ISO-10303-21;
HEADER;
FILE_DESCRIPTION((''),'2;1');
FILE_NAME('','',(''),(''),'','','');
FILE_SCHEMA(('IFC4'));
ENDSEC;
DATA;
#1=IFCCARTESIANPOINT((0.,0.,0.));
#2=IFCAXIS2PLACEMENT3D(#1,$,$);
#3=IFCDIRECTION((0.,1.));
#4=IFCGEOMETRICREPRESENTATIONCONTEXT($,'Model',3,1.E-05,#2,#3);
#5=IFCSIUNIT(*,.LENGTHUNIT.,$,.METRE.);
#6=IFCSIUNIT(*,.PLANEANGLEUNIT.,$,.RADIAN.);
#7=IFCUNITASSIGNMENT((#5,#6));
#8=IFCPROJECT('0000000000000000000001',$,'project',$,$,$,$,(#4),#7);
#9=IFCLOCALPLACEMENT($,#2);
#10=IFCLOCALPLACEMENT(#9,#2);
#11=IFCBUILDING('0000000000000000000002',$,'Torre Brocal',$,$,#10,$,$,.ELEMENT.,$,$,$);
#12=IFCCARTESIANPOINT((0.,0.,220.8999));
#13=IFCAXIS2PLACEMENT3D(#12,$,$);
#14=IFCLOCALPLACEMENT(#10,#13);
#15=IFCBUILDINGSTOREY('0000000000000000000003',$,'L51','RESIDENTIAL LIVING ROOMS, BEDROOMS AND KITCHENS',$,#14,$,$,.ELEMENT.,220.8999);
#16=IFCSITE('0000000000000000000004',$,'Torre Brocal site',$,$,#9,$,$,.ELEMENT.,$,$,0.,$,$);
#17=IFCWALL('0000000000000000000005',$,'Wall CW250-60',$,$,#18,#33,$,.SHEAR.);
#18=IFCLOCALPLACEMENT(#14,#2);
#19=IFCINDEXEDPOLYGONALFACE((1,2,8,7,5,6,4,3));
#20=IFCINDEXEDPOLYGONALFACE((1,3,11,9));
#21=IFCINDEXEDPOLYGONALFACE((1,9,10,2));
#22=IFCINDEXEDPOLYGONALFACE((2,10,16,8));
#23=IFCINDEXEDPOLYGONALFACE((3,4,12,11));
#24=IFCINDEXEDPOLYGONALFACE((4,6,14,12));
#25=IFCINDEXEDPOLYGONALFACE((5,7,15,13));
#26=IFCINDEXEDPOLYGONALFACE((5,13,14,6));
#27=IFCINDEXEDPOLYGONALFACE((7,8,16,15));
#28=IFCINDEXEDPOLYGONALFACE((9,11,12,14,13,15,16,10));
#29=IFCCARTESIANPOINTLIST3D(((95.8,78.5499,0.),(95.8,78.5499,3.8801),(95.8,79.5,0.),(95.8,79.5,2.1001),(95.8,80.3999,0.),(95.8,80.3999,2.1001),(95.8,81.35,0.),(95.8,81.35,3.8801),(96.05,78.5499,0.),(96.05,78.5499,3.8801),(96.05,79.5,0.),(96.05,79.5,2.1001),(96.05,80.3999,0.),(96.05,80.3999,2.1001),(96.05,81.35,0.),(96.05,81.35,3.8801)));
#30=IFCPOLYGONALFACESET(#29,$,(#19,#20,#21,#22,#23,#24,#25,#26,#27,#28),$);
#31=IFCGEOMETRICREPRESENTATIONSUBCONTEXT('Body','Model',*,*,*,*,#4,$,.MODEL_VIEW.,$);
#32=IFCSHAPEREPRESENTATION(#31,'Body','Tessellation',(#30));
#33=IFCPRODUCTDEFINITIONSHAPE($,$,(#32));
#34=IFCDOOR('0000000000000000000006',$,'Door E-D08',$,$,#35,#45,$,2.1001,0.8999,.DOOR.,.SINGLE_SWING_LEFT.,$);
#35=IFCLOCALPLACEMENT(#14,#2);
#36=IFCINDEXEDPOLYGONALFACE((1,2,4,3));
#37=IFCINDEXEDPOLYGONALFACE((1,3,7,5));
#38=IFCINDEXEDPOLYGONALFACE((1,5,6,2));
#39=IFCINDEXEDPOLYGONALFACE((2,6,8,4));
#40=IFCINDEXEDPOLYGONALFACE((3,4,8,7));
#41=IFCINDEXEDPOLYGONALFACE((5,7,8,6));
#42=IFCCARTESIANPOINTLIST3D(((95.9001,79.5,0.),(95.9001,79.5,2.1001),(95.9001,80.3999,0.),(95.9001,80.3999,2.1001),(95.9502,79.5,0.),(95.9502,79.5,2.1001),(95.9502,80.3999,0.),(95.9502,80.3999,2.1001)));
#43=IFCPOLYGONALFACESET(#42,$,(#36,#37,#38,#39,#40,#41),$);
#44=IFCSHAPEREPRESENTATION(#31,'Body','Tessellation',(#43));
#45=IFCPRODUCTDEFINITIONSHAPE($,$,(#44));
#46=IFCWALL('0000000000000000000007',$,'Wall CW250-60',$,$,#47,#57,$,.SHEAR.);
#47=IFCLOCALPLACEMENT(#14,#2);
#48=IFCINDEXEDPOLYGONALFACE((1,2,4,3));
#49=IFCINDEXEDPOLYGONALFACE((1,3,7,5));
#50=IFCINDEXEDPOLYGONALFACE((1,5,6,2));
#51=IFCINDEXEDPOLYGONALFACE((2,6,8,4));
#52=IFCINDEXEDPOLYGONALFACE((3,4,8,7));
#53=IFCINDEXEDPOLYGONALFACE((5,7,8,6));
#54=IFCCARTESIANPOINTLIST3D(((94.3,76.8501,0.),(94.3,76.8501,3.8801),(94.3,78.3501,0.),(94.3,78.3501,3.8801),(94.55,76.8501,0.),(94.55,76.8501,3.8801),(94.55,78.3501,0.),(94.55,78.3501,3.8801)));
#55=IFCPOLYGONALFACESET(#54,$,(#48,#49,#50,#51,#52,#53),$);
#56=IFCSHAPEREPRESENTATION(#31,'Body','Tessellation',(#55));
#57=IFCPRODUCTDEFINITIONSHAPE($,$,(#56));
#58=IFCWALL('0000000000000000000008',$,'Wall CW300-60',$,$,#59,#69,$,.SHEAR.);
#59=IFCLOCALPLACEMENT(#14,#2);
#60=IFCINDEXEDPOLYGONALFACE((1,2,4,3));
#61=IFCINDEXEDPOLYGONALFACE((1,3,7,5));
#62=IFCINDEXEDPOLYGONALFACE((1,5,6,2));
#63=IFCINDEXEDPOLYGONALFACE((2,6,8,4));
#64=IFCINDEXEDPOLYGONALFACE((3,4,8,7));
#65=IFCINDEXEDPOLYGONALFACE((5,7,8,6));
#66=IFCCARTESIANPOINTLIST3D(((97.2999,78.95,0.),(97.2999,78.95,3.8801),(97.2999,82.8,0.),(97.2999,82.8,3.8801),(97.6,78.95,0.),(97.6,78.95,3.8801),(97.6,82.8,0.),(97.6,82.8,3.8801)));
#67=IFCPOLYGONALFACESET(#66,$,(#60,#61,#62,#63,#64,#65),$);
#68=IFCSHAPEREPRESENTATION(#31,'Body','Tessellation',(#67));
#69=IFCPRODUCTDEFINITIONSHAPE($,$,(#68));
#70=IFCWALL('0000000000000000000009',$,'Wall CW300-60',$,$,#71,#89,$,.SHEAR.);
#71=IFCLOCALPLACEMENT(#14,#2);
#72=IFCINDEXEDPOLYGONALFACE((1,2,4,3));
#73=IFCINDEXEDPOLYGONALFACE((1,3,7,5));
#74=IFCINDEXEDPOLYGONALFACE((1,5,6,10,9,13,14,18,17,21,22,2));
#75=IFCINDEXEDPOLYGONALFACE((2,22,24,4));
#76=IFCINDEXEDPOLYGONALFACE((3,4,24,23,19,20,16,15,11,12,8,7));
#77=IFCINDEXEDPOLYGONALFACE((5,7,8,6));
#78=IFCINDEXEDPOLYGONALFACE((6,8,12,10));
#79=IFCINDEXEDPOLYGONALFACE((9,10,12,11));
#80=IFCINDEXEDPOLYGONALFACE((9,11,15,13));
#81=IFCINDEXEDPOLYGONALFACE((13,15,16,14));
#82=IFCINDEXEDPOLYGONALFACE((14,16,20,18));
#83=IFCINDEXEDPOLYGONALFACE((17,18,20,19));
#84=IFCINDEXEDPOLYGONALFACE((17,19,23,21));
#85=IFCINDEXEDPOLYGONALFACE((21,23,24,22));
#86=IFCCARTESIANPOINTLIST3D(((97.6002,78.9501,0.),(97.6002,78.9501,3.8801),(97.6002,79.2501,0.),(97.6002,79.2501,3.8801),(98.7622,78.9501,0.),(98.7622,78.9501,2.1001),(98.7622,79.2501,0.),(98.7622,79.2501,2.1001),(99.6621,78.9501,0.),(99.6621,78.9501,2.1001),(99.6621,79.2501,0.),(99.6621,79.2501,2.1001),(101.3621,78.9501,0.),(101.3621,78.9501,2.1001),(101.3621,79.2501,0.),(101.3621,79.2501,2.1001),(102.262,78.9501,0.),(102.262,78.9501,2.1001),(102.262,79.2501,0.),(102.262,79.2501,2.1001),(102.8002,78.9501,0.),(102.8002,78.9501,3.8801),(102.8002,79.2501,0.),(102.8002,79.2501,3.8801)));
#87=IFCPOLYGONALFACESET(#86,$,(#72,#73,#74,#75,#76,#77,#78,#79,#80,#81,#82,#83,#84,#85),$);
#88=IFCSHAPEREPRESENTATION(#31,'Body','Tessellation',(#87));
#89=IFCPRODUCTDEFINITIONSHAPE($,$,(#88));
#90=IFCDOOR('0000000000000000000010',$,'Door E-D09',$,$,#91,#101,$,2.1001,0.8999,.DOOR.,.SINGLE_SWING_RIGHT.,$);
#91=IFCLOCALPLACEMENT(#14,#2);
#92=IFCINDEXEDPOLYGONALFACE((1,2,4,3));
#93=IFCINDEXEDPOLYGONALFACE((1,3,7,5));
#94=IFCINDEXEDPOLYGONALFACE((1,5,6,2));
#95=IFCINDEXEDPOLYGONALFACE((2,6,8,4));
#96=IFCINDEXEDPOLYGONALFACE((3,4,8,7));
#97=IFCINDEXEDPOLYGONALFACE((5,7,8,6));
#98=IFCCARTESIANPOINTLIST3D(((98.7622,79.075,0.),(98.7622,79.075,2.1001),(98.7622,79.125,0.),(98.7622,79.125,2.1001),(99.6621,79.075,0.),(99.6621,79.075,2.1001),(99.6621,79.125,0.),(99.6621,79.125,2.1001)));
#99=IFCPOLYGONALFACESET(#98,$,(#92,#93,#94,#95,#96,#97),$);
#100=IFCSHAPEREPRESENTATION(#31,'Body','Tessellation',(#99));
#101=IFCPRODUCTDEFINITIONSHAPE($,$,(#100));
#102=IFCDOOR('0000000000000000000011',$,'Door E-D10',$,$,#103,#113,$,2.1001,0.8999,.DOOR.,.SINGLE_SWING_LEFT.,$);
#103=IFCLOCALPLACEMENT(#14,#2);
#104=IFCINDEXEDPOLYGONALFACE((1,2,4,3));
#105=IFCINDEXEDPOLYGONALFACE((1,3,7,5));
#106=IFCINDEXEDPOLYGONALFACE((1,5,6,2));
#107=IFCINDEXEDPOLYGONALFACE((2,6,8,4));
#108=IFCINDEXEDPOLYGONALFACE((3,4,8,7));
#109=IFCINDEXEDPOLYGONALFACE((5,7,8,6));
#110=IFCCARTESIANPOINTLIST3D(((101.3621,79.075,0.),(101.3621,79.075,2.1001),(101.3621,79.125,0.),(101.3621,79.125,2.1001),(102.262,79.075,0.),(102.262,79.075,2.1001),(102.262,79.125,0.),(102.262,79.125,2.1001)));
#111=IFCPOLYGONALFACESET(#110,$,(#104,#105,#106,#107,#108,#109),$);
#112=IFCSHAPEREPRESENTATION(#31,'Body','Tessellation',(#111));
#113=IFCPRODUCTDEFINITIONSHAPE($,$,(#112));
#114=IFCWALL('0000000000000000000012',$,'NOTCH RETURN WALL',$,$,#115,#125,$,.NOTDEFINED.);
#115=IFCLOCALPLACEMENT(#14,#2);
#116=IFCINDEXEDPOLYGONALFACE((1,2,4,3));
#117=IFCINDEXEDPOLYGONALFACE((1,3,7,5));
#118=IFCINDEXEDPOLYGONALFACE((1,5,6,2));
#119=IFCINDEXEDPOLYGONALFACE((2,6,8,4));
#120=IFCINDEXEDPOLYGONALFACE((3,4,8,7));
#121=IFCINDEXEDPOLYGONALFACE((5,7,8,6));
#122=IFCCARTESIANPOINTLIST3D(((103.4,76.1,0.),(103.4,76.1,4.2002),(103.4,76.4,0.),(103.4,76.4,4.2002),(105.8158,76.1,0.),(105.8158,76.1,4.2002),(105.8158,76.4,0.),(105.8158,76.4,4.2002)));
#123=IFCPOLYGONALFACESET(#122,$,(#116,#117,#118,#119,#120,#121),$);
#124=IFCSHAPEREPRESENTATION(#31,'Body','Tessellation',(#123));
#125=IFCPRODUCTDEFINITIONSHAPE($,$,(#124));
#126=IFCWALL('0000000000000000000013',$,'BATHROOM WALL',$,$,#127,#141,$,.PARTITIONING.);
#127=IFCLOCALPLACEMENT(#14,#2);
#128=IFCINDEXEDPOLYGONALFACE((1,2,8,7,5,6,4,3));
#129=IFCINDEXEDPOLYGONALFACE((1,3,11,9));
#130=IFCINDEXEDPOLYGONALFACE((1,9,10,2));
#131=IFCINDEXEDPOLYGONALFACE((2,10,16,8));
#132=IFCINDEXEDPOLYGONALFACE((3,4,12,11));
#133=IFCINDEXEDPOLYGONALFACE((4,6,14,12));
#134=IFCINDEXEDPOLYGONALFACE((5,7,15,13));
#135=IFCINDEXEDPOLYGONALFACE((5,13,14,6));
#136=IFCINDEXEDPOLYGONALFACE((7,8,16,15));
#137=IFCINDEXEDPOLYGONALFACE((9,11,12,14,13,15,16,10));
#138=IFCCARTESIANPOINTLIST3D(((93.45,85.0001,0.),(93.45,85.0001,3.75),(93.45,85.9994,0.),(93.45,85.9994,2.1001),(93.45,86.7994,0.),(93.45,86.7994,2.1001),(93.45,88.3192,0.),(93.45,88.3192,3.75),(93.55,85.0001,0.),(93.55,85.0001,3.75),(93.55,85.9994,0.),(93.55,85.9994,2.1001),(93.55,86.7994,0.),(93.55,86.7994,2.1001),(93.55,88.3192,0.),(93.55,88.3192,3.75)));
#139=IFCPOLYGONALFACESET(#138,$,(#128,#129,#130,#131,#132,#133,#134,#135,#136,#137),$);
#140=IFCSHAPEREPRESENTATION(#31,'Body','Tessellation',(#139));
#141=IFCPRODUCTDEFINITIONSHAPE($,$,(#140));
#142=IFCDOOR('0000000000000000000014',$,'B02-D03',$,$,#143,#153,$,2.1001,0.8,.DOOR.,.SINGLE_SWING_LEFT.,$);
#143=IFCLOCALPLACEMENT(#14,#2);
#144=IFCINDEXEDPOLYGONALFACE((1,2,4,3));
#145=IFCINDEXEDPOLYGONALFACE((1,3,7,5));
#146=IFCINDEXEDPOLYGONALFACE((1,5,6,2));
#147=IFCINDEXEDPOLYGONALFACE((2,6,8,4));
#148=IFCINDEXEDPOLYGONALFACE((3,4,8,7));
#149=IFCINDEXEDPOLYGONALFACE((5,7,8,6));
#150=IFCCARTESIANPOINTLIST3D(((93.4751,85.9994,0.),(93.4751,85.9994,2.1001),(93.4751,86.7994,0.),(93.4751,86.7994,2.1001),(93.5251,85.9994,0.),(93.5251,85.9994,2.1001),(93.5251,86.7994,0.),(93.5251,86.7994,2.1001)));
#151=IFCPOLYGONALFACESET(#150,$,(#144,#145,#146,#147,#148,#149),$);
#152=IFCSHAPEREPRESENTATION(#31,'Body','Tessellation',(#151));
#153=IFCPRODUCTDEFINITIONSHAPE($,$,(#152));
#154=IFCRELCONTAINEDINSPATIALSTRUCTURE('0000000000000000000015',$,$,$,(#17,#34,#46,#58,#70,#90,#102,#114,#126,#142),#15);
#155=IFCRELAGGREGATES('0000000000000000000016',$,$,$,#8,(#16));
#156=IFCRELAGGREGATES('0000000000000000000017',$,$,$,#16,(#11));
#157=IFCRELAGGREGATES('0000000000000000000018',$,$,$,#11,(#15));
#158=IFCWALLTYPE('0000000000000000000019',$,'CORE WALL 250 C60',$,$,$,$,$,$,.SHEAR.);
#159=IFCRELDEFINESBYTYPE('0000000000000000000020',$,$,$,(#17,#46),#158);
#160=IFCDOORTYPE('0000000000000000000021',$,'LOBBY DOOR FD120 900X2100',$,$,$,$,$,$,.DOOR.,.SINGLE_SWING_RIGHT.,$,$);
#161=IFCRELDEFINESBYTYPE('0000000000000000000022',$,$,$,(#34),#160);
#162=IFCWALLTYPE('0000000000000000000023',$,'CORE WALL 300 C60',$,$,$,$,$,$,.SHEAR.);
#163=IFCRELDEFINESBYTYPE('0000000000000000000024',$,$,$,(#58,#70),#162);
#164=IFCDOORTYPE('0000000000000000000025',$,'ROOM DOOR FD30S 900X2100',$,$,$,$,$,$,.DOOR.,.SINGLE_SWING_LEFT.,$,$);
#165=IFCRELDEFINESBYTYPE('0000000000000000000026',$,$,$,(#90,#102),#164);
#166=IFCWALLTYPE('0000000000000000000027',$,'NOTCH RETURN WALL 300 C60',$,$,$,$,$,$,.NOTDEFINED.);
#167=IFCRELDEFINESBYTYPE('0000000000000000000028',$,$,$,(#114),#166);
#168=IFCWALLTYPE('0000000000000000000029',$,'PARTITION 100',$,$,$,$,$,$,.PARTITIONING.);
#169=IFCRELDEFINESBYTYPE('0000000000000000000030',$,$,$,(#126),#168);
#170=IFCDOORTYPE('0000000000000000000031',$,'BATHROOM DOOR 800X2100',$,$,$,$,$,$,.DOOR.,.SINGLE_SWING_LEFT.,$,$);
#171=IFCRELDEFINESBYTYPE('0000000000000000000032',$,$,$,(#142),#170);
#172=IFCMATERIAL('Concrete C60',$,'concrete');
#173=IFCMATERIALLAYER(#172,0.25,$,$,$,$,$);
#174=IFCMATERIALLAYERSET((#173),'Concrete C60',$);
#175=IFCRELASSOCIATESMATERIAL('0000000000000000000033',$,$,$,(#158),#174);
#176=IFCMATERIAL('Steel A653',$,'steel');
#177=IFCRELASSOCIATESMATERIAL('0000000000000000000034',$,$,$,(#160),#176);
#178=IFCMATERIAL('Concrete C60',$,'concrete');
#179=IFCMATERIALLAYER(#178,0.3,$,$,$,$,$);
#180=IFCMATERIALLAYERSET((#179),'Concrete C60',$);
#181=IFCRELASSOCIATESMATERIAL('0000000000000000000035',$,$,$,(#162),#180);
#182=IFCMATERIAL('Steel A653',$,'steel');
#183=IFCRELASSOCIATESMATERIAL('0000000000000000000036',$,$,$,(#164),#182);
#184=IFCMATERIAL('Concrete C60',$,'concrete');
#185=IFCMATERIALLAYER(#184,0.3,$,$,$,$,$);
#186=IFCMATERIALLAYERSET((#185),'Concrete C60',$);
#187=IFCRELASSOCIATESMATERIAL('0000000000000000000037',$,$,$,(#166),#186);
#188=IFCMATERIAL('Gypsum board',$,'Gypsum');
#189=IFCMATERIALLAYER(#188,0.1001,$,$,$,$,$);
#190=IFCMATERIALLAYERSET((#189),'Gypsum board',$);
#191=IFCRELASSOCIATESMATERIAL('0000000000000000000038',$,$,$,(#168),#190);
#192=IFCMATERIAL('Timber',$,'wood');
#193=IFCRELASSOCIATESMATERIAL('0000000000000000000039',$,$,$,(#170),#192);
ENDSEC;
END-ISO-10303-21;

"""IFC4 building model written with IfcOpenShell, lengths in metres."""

from ifc_helpers import new_model, si_unit, direction, frame, frame_2d, origin, place, context, subcontext, project, spatial, rectangle, extrude, material, layer, layer_set, type_object, element, fill, save


model = new_model("IFC4")

# Units and contexts
model_context = context("Model", 3, precision=1e-05, world=origin(), true_north=direction((0.0, 1.0)))
body_context = subcontext(model_context, "Body", "Model", "MODEL_VIEW")
ifc_project = project(units=[si_unit("LENGTHUNIT", "METRE"), si_unit("PLANEANGLEUNIT", "RADIAN")], contexts=[model_context])

# Site, building, storey
site_placement = place(None, origin())
site = spatial("IfcSite", under=ifc_project, at=site_placement, Name="Torre Brocal site", CompositionType="ELEMENT", RefElevation=0.0)
building_placement = place(site_placement, origin())
building = spatial("IfcBuilding", under=site, at=building_placement, Name="Torre Brocal", CompositionType="ELEMENT")
storey_placement = place(building_placement, frame((0.0, 0.0, 220.8999)))
storey = spatial("IfcBuildingStorey", under=building, at=storey_placement, Name="L51", Description="RESIDENTIAL LIVING ROOMS, BEDROOMS AND KITCHENS", CompositionType="ELEMENT", Elevation=220.8999)

# Wall, opening, door
ifc_material_1 = material(Name="Concrete C60", Category="concrete")
ifc_layer_1 = layer(ifc_material_1, 0.25)
ifc_layer_set_1 = layer_set([ifc_layer_1], Name="Concrete C60")
wall_type_1 = type_object("IfcWallType", Name="CORE WALL 250 C60", PredefinedType="SHEAR", material=ifc_layer_set_1)
wall_1_placement = place(storey_placement, frame((95.925, 78.55, 0.0), z_axis=(0.0, 0.0, 1.0), x_axis=(0.0, 1.0, 0.0)))
wall_1 = element("IfcWall", 1, at=wall_1_placement, inside=storey, type_object=wall_type_1, Name="Wall CW250-60", PredefinedType="SHEAR", context=body_context, shape_type="SweptSolid", body=[
    extrude(rectangle(XDim=2.8, YDim=0.25, at=frame_2d((1.3999, 0.0))), origin(), (0.0, 0.0, 1.0), 3.8801),
])
opening_1_placement = place(wall_1_placement, frame((0.95, 0.0, 0.0)))
opening_1 = element("IfcOpeningElement", 2, at=opening_1_placement, cuts=wall_1, PredefinedType="OPENING", context=body_context, shape_type="SweptSolid", body=[
    extrude(rectangle(XDim=0.8999, YDim=2.1001, at=frame_2d((0.45, 1.05))), frame((0.0, 0.135, 0.0), z_axis=(0.0, -1.0, 0.0), x_axis=(1.0, 0.0, 0.0)), (0.0, 0.0, 1.0), 0.27),
])
ifc_material_2 = material(Name="Steel A653", Category="steel")
door_type_1 = type_object("IfcDoorType", Name="LOBBY DOOR FD120 900X2100", OperationType="SINGLE_SWING_RIGHT", PredefinedType="DOOR", material=ifc_material_2)
door_1_placement = place(opening_1_placement, origin())
door_1 = element("IfcDoor", 3, at=door_1_placement, inside=storey, type_object=door_type_1, Name="Door E-D08", OperationType="SINGLE_SWING_LEFT", OverallHeight=2.1001, OverallWidth=0.8999, PredefinedType="DOOR", context=body_context, shape_type="SweptSolid", body=[
    extrude(rectangle(XDim=0.8999, YDim=2.1001, at=frame_2d((0.45, 1.05))), frame((0.0, 0.0249, 0.0), z_axis=(0.0, -1.0, 0.0), x_axis=(1.0, 0.0, 0.0)), (0.0, 0.0, 1.0), 0.05),
])
fill(opening_1, door_1)

# Walls
wall_2_placement = place(storey_placement, frame((94.425, 76.8501, 0.0), z_axis=(0.0, 0.0, 1.0), x_axis=(0.0, 1.0, 0.0)))
element("IfcWall", 4, at=wall_2_placement, inside=storey, type_object=wall_type_1, Name="Wall CW250-60", PredefinedType="SHEAR", context=body_context, shape_type="SweptSolid", body=[
    extrude(rectangle(XDim=1.5, YDim=0.25, at=frame_2d((0.75, 0.0))), origin(), (0.0, 0.0, 1.0), 3.8801),
])
ifc_material_3 = material(Name="Concrete C60", Category="concrete")
ifc_layer_2 = layer(ifc_material_3, 0.3)
ifc_layer_set_2 = layer_set([ifc_layer_2], Name="Concrete C60")
wall_type_2 = type_object("IfcWallType", Name="CORE WALL 300 C60", PredefinedType="SHEAR", material=ifc_layer_set_2)
wall_3_placement = place(storey_placement, frame((97.45, 78.95, 0.0), z_axis=(0.0, 0.0, 1.0), x_axis=(0.0, 1.0, 0.0)))
element("IfcWall", 5, at=wall_3_placement, inside=storey, type_object=wall_type_2, Name="Wall CW300-60", PredefinedType="SHEAR", context=body_context, shape_type="SweptSolid", body=[
    extrude(rectangle(XDim=3.8501, YDim=0.3, at=frame_2d((1.925, 0.0))), origin(), (0.0, 0.0, 1.0), 3.8801),
])

# Wall, openings, doors
wall_4_placement = place(storey_placement, frame((97.6001, 79.1001, 0.0), z_axis=(0.0, 0.0, 1.0), x_axis=(1.0, 0.0, 0.0)))
wall_4 = element("IfcWall", 6, at=wall_4_placement, inside=storey, type_object=wall_type_2, Name="Wall CW300-60", PredefinedType="SHEAR", context=body_context, shape_type="SweptSolid", body=[
    extrude(rectangle(XDim=5.2, YDim=0.3, at=frame_2d((2.6001, 0.0))), origin(), (0.0, 0.0, 1.0), 3.8801),
])
opening_2_placement = place(wall_4_placement, frame((1.1621, 0.0, 0.0)))
opening_2 = element("IfcOpeningElement", 7, at=opening_2_placement, cuts=wall_4, PredefinedType="OPENING", context=body_context, shape_type="SweptSolid", body=[
    extrude(rectangle(XDim=0.8999, YDim=2.1001, at=frame_2d((0.45, 1.05))), frame((0.0, 0.1599, 0.0), z_axis=(0.0, -1.0, 0.0), x_axis=(1.0, 0.0, 0.0)), (0.0, 0.0, 1.0), 0.3201),
])
opening_3_placement = place(wall_4_placement, frame((3.762, 0.0, 0.0)))
opening_3 = element("IfcOpeningElement", 8, at=opening_3_placement, cuts=wall_4, PredefinedType="OPENING", context=body_context, shape_type="SweptSolid", body=[
    extrude(rectangle(XDim=0.8999, YDim=2.1001, at=frame_2d((0.45, 1.05))), frame((0.0, 0.1599, 0.0), z_axis=(0.0, -1.0, 0.0), x_axis=(1.0, 0.0, 0.0)), (0.0, 0.0, 1.0), 0.3201),
])
ifc_material_4 = material(Name="Steel A653", Category="steel")
door_type_2 = type_object("IfcDoorType", Name="ROOM DOOR FD30S 900X2100", OperationType="SINGLE_SWING_LEFT", PredefinedType="DOOR", material=ifc_material_4)
door_2_placement = place(opening_2_placement, origin())
door_2 = element("IfcDoor", 9, at=door_2_placement, inside=storey, type_object=door_type_2, Name="Door E-D09", OperationType="SINGLE_SWING_RIGHT", OverallHeight=2.1001, OverallWidth=0.8999, PredefinedType="DOOR", context=body_context, shape_type="SweptSolid", body=[
    extrude(rectangle(XDim=0.8999, YDim=2.1001, at=frame_2d((0.45, 1.05))), frame((0.0, 0.0249, 0.0), z_axis=(0.0, -1.0, 0.0), x_axis=(1.0, 0.0, 0.0)), (0.0, 0.0, 1.0), 0.05),
])
fill(opening_2, door_2)
door_3_placement = place(opening_3_placement, origin())
door_3 = element("IfcDoor", 10, at=door_3_placement, inside=storey, type_object=door_type_2, Name="Door E-D10", OperationType="SINGLE_SWING_LEFT", OverallHeight=2.1001, OverallWidth=0.8999, PredefinedType="DOOR", context=body_context, shape_type="SweptSolid", body=[
    extrude(rectangle(XDim=0.8999, YDim=2.1001, at=frame_2d((0.45, 1.05))), frame((0.0, 0.0249, 0.0), z_axis=(0.0, -1.0, 0.0), x_axis=(1.0, 0.0, 0.0)), (0.0, 0.0, 1.0), 0.05),
])
fill(opening_3, door_3)

# Wall
ifc_material_5 = material(Name="Concrete C60", Category="concrete")
ifc_layer_3 = layer(ifc_material_5, 0.3)
ifc_layer_set_3 = layer_set([ifc_layer_3], Name="Concrete C60")
wall_type_3 = type_object("IfcWallType", Name="NOTCH RETURN WALL 300 C60", PredefinedType="NOTDEFINED", material=ifc_layer_set_3)
wall_5_placement = place(storey_placement, frame((103.3999, 76.25, 0.0), z_axis=(0.0, 0.0, 1.0), x_axis=(1.0, 0.0, 0.0)))
element("IfcWall", 11, at=wall_5_placement, inside=storey, type_object=wall_type_3, Name="NOTCH RETURN WALL", PredefinedType="NOTDEFINED", context=body_context, shape_type="SweptSolid", body=[
    extrude(rectangle(XDim=2.4158, YDim=0.3, at=frame_2d((1.208, 0.0))), origin(), (0.0, 0.0, 1.0), 4.2002),
])

# Wall, opening, door
ifc_material_6 = material(Name="Gypsum board", Category="Gypsum")
ifc_layer_4 = layer(ifc_material_6, 0.1001)
ifc_layer_set_4 = layer_set([ifc_layer_4], Name="Gypsum board")
wall_type_4 = type_object("IfcWallType", Name="PARTITION 100", PredefinedType="PARTITIONING", material=ifc_layer_set_4)
wall_6_placement = place(storey_placement, frame((93.5, 85.0, 0.0), z_axis=(0.0, 0.0, 1.0), x_axis=(0.0, 1.0, 0.0)))
wall_6 = element("IfcWall", 12, at=wall_6_placement, inside=storey, type_object=wall_type_4, Name="BATHROOM WALL", PredefinedType="PARTITIONING", context=body_context, shape_type="SweptSolid", body=[
    extrude(rectangle(XDim=3.3191, YDim=0.1001, at=frame_2d((1.6597, 0.0))), origin(), (0.0, 0.0, 1.0), 3.75),
])
opening_4_placement = place(wall_6_placement, frame((0.9995, 0.0, 0.0)))
opening_4 = element("IfcOpeningElement", 13, at=opening_4_placement, cuts=wall_6, PredefinedType="OPENING", context=body_context, shape_type="SweptSolid", body=[
    extrude(rectangle(XDim=0.8, YDim=2.1001, at=frame_2d((0.3999, 1.05))), frame((0.0, 0.0601, 0.0), z_axis=(0.0, -1.0, 0.0), x_axis=(1.0, 0.0, 0.0)), (0.0, 0.0, 1.0), 0.1201),
])
ifc_material_7 = material(Name="Timber", Category="wood")
door_type_3 = type_object("IfcDoorType", Name="BATHROOM DOOR 800X2100", OperationType="SINGLE_SWING_LEFT", PredefinedType="DOOR", material=ifc_material_7)
door_4_placement = place(opening_4_placement, origin())
door_4 = element("IfcDoor", 14, at=door_4_placement, inside=storey, type_object=door_type_3, Name="B02-D03", OperationType="SINGLE_SWING_LEFT", OverallHeight=2.1001, OverallWidth=0.8, PredefinedType="DOOR", context=body_context, shape_type="SweptSolid", body=[
    extrude(rectangle(XDim=0.8, YDim=2.1001, at=frame_2d((0.3999, 1.05))), frame((0.0, 0.0249, 0.0), z_axis=(0.0, -1.0, 0.0), x_axis=(1.0, 0.0, 0.0)), (0.0, 0.0, 1.0), 0.05),
])
fill(opening_4, door_4)

save(model, "model.ifc")
